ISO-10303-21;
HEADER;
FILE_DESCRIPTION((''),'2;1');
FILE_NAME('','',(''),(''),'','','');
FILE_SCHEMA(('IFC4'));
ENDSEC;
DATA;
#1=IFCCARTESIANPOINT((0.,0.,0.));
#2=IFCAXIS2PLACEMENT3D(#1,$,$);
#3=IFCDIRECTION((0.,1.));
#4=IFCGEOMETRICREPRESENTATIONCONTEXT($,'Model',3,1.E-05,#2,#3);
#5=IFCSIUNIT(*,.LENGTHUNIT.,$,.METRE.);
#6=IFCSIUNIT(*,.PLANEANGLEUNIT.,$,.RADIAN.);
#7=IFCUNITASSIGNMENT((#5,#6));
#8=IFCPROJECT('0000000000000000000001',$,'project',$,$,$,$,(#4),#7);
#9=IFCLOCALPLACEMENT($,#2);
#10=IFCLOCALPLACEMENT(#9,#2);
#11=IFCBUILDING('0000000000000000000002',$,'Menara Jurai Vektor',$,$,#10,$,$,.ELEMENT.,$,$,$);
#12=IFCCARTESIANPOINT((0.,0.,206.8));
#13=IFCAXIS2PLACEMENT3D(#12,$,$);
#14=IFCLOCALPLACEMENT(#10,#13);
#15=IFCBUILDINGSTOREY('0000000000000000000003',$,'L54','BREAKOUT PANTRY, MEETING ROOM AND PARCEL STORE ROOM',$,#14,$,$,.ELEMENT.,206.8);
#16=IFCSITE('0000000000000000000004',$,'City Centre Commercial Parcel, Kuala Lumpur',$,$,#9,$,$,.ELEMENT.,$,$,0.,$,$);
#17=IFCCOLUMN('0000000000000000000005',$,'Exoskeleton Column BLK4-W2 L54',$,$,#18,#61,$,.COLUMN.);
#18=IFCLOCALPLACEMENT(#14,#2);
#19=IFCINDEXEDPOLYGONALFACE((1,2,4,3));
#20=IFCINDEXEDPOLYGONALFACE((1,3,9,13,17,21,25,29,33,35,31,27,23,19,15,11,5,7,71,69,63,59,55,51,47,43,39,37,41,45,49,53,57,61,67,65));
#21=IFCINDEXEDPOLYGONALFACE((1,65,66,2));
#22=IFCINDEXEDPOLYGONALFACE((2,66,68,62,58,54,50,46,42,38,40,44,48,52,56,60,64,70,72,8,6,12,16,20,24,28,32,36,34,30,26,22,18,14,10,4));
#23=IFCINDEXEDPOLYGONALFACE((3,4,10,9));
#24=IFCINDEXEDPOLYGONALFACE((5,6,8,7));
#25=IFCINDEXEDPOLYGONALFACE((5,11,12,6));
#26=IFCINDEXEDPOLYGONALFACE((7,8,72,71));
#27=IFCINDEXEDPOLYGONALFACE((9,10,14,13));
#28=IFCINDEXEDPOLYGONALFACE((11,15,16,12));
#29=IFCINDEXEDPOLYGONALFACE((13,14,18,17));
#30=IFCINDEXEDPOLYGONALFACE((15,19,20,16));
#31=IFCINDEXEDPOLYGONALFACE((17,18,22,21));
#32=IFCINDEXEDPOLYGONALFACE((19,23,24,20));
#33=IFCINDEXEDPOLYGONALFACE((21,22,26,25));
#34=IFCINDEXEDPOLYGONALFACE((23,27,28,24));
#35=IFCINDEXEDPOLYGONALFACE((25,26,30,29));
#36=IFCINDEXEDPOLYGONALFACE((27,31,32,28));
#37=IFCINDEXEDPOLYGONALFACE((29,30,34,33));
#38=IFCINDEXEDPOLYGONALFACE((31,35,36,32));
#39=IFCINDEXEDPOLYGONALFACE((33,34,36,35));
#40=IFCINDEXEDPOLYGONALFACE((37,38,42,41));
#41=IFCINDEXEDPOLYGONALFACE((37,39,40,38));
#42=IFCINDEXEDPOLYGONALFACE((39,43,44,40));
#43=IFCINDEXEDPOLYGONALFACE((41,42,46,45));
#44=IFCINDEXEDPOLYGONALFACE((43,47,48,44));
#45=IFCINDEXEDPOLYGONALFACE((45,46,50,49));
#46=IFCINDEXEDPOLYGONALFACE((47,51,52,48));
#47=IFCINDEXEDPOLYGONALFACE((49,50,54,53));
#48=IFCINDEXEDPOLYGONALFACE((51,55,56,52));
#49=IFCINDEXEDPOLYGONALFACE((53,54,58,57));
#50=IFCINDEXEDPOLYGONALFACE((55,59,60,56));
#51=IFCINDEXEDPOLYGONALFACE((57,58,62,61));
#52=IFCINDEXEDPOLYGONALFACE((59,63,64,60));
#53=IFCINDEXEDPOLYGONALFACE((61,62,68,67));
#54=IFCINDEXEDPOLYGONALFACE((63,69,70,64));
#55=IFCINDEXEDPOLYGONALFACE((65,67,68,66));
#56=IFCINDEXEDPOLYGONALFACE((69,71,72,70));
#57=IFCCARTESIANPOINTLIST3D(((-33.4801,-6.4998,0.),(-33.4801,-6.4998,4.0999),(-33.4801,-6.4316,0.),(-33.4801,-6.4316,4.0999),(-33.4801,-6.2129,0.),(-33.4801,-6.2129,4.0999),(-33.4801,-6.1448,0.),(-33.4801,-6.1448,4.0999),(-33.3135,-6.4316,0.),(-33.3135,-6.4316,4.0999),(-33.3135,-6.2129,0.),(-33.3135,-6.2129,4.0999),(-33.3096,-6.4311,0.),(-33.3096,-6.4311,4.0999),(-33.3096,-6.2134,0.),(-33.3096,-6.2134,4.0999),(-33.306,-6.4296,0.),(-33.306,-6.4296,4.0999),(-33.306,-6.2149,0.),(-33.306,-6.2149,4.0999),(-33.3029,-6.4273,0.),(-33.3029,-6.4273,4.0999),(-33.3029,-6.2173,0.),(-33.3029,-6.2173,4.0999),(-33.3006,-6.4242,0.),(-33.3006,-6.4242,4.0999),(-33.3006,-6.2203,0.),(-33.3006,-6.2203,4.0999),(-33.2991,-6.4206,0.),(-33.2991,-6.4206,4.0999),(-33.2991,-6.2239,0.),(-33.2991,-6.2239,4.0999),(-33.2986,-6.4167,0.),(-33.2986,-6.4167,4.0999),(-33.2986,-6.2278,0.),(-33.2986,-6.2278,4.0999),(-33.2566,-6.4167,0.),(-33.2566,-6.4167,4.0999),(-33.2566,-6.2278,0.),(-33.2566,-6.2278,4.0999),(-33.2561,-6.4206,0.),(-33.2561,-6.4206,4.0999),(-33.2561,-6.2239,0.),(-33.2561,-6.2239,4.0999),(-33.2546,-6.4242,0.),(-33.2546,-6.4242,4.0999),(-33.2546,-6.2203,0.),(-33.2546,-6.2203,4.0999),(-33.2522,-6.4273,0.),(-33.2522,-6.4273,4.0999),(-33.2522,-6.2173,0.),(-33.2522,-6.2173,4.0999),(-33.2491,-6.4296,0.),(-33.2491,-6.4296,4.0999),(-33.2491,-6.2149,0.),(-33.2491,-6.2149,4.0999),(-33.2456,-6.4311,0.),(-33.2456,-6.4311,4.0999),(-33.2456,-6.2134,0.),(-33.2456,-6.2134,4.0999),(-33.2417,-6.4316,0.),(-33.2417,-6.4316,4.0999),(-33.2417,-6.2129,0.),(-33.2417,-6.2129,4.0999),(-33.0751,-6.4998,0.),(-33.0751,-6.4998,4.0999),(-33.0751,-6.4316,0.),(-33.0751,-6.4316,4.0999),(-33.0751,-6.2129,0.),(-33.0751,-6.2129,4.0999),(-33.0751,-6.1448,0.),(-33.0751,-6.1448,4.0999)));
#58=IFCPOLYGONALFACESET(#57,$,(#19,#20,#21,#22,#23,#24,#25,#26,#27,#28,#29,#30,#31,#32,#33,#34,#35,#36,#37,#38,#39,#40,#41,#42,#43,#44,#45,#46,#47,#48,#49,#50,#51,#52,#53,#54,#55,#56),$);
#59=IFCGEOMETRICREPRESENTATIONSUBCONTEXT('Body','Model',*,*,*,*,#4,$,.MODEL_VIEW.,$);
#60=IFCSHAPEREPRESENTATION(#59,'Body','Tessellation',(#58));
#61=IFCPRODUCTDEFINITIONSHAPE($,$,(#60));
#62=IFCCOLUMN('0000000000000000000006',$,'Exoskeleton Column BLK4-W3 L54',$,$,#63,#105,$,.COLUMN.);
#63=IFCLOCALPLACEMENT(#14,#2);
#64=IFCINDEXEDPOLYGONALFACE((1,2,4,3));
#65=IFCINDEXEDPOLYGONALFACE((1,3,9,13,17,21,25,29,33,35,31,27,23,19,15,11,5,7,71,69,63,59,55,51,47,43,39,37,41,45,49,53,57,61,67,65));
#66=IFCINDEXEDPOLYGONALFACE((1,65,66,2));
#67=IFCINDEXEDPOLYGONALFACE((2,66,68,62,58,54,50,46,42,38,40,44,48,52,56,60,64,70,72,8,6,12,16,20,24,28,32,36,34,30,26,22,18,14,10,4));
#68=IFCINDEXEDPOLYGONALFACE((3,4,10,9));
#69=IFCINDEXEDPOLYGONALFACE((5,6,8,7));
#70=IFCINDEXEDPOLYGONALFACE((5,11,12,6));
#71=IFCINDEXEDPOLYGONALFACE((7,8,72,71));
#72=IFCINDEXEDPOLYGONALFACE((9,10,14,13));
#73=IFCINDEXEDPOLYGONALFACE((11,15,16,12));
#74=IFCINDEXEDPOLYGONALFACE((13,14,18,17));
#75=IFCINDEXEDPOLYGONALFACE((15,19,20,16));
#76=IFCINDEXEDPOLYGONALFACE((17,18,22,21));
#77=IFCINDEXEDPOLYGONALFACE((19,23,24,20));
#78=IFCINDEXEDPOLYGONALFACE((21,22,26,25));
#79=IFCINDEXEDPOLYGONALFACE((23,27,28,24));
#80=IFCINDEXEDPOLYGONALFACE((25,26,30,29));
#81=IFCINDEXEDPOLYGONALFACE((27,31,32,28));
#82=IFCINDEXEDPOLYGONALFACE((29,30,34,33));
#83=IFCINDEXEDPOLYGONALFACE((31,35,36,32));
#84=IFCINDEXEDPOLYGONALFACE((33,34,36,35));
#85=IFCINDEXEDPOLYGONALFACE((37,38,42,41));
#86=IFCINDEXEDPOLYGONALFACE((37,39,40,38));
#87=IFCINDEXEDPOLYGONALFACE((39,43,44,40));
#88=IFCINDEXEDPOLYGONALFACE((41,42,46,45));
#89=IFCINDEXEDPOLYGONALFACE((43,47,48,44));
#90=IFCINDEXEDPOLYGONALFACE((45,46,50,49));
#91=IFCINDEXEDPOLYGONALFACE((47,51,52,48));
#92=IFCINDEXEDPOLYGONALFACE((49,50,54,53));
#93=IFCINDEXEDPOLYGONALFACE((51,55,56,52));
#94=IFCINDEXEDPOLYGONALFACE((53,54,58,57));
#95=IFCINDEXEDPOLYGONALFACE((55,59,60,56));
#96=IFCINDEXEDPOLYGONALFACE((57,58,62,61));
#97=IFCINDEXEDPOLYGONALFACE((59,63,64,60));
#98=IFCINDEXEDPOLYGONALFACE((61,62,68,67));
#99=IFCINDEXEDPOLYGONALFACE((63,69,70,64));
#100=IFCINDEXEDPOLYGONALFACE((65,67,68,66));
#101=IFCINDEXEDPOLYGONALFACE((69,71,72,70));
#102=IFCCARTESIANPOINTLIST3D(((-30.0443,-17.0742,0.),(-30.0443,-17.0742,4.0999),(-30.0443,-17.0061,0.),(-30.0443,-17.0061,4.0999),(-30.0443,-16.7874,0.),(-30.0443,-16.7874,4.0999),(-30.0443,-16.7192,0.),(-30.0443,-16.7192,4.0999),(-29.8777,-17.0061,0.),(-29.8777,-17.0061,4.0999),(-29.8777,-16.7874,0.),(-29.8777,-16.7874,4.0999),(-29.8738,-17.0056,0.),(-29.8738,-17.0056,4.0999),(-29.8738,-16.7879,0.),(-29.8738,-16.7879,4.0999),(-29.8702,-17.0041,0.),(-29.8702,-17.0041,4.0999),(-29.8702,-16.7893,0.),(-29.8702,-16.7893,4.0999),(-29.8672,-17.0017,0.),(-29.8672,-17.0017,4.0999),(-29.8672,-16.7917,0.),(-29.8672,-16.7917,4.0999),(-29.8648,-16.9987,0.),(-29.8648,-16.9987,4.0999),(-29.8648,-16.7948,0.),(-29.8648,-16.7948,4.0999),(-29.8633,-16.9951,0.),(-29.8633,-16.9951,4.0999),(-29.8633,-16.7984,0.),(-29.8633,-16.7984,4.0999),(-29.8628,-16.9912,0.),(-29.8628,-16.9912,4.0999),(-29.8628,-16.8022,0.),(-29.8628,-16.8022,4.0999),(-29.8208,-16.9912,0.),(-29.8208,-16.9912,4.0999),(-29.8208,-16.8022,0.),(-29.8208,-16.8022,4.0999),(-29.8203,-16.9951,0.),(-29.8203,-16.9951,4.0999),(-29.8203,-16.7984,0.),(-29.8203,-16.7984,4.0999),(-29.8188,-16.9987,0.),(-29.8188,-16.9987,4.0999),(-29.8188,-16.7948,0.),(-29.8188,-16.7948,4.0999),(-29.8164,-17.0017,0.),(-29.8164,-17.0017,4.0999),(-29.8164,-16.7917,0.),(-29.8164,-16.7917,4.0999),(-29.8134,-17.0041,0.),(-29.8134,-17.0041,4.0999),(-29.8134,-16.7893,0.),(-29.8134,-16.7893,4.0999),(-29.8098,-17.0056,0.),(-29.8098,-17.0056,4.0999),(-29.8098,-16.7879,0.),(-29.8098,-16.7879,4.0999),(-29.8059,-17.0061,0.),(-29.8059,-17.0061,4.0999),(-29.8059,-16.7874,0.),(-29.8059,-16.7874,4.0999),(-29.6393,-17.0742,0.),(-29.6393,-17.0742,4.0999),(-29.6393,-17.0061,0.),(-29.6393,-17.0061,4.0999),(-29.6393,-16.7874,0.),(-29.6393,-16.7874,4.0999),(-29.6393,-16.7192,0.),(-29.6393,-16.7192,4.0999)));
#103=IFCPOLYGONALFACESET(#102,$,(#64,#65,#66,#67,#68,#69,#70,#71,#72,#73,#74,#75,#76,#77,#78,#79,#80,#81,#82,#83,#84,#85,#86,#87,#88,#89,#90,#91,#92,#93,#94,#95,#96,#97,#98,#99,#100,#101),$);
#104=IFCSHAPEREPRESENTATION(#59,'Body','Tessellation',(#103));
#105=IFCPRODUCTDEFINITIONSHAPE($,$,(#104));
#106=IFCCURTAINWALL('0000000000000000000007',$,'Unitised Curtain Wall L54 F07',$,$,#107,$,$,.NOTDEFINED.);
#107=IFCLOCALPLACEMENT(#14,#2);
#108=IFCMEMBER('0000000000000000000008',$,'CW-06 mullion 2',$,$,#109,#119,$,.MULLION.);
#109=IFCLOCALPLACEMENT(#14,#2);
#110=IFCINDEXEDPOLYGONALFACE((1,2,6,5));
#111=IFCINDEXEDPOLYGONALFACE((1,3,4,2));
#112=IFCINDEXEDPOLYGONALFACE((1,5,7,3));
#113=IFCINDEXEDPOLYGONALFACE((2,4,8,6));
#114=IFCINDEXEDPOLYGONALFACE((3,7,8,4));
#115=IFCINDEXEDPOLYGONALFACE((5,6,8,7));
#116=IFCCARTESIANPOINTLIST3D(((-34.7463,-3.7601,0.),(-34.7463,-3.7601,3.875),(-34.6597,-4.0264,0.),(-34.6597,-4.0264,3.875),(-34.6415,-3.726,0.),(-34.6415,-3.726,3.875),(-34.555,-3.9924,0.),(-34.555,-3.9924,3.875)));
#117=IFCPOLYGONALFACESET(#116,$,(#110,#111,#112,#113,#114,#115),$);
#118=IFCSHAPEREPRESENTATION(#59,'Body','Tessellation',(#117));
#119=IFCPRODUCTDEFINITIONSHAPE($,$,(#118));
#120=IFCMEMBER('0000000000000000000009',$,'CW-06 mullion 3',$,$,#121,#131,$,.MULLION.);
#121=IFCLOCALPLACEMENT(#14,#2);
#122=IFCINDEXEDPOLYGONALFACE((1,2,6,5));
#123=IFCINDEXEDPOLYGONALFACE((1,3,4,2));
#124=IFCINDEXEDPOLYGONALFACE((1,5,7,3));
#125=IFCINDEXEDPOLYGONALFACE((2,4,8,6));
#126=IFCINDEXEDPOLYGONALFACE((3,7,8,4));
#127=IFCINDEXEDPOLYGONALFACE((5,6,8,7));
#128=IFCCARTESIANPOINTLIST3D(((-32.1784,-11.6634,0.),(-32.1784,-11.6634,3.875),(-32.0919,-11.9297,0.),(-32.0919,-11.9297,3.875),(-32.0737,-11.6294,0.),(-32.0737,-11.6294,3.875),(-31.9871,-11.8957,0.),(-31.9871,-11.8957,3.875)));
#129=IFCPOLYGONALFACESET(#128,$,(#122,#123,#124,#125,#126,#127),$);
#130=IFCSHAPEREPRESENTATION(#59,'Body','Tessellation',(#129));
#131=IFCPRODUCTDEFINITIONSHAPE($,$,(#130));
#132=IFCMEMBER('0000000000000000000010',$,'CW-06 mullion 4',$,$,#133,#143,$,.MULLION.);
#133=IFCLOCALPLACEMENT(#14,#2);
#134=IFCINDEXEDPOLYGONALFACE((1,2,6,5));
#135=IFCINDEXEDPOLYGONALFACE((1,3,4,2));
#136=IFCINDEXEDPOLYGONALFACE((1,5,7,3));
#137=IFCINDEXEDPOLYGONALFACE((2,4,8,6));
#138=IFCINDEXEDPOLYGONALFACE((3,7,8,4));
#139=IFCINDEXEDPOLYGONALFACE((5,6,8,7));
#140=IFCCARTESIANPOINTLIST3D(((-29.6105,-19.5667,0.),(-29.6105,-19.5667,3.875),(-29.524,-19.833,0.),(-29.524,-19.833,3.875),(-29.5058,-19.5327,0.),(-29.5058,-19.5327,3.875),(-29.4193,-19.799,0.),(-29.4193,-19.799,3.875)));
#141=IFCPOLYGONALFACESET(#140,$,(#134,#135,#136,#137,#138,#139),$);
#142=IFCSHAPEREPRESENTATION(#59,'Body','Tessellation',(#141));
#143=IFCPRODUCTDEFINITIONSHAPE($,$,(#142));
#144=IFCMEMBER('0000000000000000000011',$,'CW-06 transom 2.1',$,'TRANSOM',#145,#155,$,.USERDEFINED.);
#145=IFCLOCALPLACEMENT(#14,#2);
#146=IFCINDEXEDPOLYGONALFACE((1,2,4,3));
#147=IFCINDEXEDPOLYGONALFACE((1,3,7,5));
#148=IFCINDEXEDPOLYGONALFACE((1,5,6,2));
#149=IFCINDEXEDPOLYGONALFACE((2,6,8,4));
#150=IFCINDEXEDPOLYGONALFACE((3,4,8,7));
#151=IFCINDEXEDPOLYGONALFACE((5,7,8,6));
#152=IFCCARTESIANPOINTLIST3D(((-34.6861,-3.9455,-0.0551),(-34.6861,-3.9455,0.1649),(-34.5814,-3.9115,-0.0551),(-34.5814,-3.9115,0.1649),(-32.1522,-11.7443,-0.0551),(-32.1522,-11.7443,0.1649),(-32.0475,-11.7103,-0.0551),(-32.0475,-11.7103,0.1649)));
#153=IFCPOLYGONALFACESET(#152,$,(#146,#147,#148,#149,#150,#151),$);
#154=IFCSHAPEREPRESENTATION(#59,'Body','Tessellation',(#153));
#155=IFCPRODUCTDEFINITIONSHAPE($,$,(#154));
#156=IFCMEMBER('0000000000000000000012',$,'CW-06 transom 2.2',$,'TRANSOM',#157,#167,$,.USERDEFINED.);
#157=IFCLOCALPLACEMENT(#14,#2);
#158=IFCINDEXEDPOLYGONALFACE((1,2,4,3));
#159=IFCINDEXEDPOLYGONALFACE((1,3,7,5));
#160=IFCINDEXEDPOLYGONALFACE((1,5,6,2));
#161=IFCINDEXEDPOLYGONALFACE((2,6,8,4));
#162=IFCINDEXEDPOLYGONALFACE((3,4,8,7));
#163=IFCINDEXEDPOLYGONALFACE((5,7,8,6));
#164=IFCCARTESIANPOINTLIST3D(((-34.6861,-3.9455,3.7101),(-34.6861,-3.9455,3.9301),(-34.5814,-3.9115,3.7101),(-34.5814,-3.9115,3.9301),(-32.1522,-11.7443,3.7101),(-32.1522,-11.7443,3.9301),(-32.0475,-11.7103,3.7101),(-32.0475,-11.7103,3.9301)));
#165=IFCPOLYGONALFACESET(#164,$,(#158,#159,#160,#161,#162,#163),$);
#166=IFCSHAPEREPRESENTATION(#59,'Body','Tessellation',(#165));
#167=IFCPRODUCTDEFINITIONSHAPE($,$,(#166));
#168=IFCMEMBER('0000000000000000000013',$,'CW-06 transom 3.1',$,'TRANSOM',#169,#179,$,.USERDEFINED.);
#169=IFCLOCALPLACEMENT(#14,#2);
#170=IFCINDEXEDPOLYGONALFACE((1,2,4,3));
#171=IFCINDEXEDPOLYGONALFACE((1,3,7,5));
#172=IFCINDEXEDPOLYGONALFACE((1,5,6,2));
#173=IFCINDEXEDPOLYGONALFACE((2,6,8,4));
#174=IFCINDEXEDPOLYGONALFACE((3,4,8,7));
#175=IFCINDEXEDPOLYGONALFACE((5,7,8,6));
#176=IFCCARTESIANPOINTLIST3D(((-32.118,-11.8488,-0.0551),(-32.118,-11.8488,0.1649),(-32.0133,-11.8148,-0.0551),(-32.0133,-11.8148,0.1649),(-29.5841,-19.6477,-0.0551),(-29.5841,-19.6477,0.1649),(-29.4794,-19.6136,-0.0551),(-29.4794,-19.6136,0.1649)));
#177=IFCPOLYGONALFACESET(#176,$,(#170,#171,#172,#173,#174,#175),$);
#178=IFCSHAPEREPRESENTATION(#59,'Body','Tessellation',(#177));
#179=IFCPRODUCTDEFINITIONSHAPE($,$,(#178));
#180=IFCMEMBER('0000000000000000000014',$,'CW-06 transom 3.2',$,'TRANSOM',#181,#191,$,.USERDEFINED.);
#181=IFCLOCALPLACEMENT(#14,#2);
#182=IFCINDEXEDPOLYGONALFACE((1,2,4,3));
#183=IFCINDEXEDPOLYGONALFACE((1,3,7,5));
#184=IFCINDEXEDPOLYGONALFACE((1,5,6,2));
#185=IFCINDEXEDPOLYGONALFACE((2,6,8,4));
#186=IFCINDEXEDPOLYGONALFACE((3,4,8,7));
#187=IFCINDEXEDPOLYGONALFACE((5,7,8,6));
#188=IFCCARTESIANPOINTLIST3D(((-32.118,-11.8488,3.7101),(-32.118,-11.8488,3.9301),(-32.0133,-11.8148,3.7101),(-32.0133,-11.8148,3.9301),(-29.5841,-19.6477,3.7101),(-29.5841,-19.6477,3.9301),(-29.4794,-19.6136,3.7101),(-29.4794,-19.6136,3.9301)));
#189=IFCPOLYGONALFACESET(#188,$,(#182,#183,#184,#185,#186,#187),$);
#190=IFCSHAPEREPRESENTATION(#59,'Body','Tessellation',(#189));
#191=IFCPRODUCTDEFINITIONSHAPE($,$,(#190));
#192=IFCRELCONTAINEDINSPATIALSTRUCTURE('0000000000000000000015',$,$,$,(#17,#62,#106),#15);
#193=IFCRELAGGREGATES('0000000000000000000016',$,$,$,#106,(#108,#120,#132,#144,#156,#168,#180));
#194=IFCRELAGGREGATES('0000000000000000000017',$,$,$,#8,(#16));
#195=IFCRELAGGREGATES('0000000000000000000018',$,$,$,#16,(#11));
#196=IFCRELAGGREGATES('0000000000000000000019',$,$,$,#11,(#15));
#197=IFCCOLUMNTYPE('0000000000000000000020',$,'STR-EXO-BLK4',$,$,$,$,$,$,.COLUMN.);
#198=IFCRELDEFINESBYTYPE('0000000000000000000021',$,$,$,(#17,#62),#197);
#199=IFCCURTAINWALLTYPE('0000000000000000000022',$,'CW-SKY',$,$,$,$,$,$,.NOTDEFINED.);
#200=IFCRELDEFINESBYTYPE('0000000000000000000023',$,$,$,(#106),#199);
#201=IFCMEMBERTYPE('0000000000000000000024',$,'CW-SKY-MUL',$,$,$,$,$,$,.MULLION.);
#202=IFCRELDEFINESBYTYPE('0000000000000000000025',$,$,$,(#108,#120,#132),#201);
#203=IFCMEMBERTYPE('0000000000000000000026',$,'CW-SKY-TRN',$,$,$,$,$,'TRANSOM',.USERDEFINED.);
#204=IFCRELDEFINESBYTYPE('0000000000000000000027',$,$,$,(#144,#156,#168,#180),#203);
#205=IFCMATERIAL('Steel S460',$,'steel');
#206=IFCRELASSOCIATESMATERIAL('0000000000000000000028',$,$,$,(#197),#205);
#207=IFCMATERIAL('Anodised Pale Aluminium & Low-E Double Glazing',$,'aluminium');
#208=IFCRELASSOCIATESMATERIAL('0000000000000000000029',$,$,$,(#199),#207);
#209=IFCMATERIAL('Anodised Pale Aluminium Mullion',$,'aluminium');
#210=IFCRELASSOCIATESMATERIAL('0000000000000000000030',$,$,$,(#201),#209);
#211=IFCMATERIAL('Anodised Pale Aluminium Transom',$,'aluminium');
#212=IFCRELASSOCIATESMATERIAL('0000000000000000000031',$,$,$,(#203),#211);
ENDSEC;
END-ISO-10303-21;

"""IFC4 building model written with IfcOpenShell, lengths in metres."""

from ifc_helpers import new_model, si_unit, direction, frame, origin, origin_2d, place, context, subcontext, project, spatial, rectangle, i_section, extrude, material, material_profile, profile_set, type_object, element, aggregate, save


model = new_model("IFC4")

# Units and contexts
model_context = context("Model", 3, precision=1e-05, world=origin(), true_north=direction((0.0, 1.0)))
body_context = subcontext(model_context, "Body", "Model", "MODEL_VIEW")
ifc_project = project(units=[si_unit("LENGTHUNIT", "METRE"), si_unit("PLANEANGLEUNIT", "RADIAN")], contexts=[model_context])

# Site, building, storey
site_placement = place(None, origin())
site = spatial("IfcSite", under=ifc_project, at=site_placement, Name="City Centre Commercial Parcel, Kuala Lumpur", CompositionType="ELEMENT", RefElevation=0.0)
building_placement = place(site_placement, origin())
building = spatial("IfcBuilding", under=site, at=building_placement, Name="Menara Jurai Vektor", CompositionType="ELEMENT")
storey_placement = place(building_placement, frame((0.0, 0.0, 206.8)))
storey = spatial("IfcBuildingStorey", under=building, at=storey_placement, Name="L54", Description="BREAKOUT PANTRY, MEETING ROOM AND PARCEL STORE ROOM", CompositionType="ELEMENT", Elevation=206.8)

# Columns
ifc_material_1 = material(Name="Steel S460", Category="steel")
ifc_material_profile_1 = material_profile(ifc_material_1, i_section(OverallWidth=0.405, OverallDepth=0.355, WebThickness=0.042, FlangeThickness=0.0681, FilletRadius=0.0149, at=origin_2d()), Name="HD 400x551")
ifc_profile_set_1 = profile_set([ifc_material_profile_1], Name="Steel S460")
column_type = type_object("IfcColumnType", Name="STR-EXO-BLK4", PredefinedType="COLUMN", material=ifc_profile_set_1)
for number, where, z_axis, x_axis, name in (
    (1, (-33.2776, -6.3223, 0.0), (0.0, 0.0, 1.0), (1.0, 0.0, 0.0), "Exoskeleton Column BLK4-W2 L54"),
    (2, (-29.8418, -16.8967, 0.0), (0.0, 0.0, 1.0), (1.0, 0.0, 0.0), "Exoskeleton Column BLK4-W3 L54"),
):
    element("IfcColumn", number, at=place(storey_placement, frame(where, z_axis=z_axis, x_axis=x_axis)), inside=storey, type_object=column_type, Name=name, PredefinedType="COLUMN", context=body_context, shape_type="SweptSolid", body=[
        extrude(i_section(OverallWidth=0.405, OverallDepth=0.355, WebThickness=0.042, FlangeThickness=0.0681, FilletRadius=0.0149, at=origin_2d()), origin(), (0.0, 0.0, 1.0), 4.0999),
    ])

# Curtain wall, members
ifc_material_2 = material(Name="Anodised Pale Aluminium & Low-E Double Glazing", Category="aluminium")
curtain_wall_type = type_object("IfcCurtainWallType", Name="CW-SKY", PredefinedType="NOTDEFINED", material=ifc_material_2)
curtain_wall_placement = place(storey_placement, origin())
curtain_wall = element("IfcCurtainWall", 3, at=curtain_wall_placement, inside=storey, type_object=curtain_wall_type, Name="Unitised Curtain Wall L54 F07", PredefinedType="NOTDEFINED")
ifc_material_3 = material(Name="Anodised Pale Aluminium Mullion", Category="aluminium")
ifc_material_profile_2 = material_profile(ifc_material_3, rectangle(XDim=0.1101, YDim=0.28, at=origin_2d()), Name="ALU MUL 110x280")
ifc_profile_set_2 = profile_set([ifc_material_profile_2], Name="Anodised Pale Aluminium Mullion")
member_type_1 = type_object("IfcMemberType", Name="CW-SKY-MUL", PredefinedType="MULLION", material=ifc_profile_set_2)
member_1_placement = place(storey_placement, frame((-34.6506, -3.8762, 0.0), z_axis=(0.0, 0.0, 1.0), x_axis=(0.951057, 0.309016, 0.0)))
member_1 = element("IfcMember", 4, at=member_1_placement, type_object=member_type_1, Name="CW-06 mullion 2", PredefinedType="MULLION", context=body_context, shape_type="SweptSolid", body=[
    extrude(rectangle(XDim=0.1101, YDim=0.28, at=origin_2d()), origin(), (0.0, 0.0, 1.0), 3.875),
])
member_2_placement = place(storey_placement, frame((-32.0828, -11.7795, 0.0), z_axis=(0.0, 0.0, 1.0), x_axis=(0.951057, 0.309016, 0.0)))
member_2 = element("IfcMember", 5, at=member_2_placement, type_object=member_type_1, Name="CW-06 mullion 3", PredefinedType="MULLION", context=body_context, shape_type="SweptSolid", body=[
    extrude(rectangle(XDim=0.1101, YDim=0.28, at=origin_2d()), origin(), (0.0, 0.0, 1.0), 3.875),
])
member_3_placement = place(storey_placement, frame((-29.5149, -19.6829, 0.0), z_axis=(0.0, 0.0, 1.0), x_axis=(0.951057, 0.309016, 0.0)))
member_3 = element("IfcMember", 6, at=member_3_placement, type_object=member_type_1, Name="CW-06 mullion 4", PredefinedType="MULLION", context=body_context, shape_type="SweptSolid", body=[
    extrude(rectangle(XDim=0.1101, YDim=0.28, at=origin_2d()), origin(), (0.0, 0.0, 1.0), 3.875),
])
ifc_material_4 = material(Name="Anodised Pale Aluminium Transom", Category="aluminium")
ifc_material_profile_3 = material_profile(ifc_material_4, rectangle(XDim=0.1101, YDim=0.22, at=origin_2d()), Name="ALU TRN 110x220")
ifc_profile_set_3 = profile_set([ifc_material_profile_3], Name="Anodised Pale Aluminium Transom")
member_type_2 = type_object("IfcMemberType", Name="CW-SKY-TRN", ElementType="TRANSOM", PredefinedType="USERDEFINED", material=ifc_profile_set_3)
member_4_placement = place(storey_placement, frame((-34.6338, -3.9285, 0.0549), z_axis=(0.309011, -0.951059, 0.0), x_axis=(0.951059, 0.309011, 0.0)))
member_4 = element("IfcMember", 7, at=member_4_placement, type_object=member_type_2, Name="CW-06 transom 2.1", ObjectType="TRANSOM", PredefinedType="USERDEFINED", context=body_context, shape_type="SweptSolid", body=[
    extrude(rectangle(XDim=0.1101, YDim=0.22, at=origin_2d()), origin(), (0.0, 0.0, 1.0), 8.2002),
])
member_5_placement = place(storey_placement, frame((-34.6338, -3.9285, 3.8201), z_axis=(0.309011, -0.951059, 0.0), x_axis=(0.951059, 0.309011, 0.0)))
member_5 = element("IfcMember", 8, at=member_5_placement, type_object=member_type_2, Name="CW-06 transom 2.2", ObjectType="TRANSOM", PredefinedType="USERDEFINED", context=body_context, shape_type="SweptSolid", body=[
    extrude(rectangle(XDim=0.1101, YDim=0.22, at=origin_2d()), origin(), (0.0, 0.0, 1.0), 8.2002),
])
member_6_placement = place(storey_placement, frame((-32.0657, -11.8318, 0.0549), z_axis=(0.309011, -0.951059, 0.0), x_axis=(0.951059, 0.309011, 0.0)))
member_6 = element("IfcMember", 9, at=member_6_placement, type_object=member_type_2, Name="CW-06 transom 3.1", ObjectType="TRANSOM", PredefinedType="USERDEFINED", context=body_context, shape_type="SweptSolid", body=[
    extrude(rectangle(XDim=0.1101, YDim=0.22, at=origin_2d()), origin(), (0.0, 0.0, 1.0), 8.2002),
])
member_7_placement = place(storey_placement, frame((-32.0657, -11.8318, 3.8201), z_axis=(0.309011, -0.951059, 0.0), x_axis=(0.951059, 0.309011, 0.0)))
member_7 = element("IfcMember", 10, at=member_7_placement, type_object=member_type_2, Name="CW-06 transom 3.2", ObjectType="TRANSOM", PredefinedType="USERDEFINED", context=body_context, shape_type="SweptSolid", body=[
    extrude(rectangle(XDim=0.1101, YDim=0.22, at=origin_2d()), origin(), (0.0, 0.0, 1.0), 8.2002),
])

aggregate(curtain_wall, [member_1, member_2, member_3, member_4, member_5, member_6, member_7])

save(model, "model.ifc")
